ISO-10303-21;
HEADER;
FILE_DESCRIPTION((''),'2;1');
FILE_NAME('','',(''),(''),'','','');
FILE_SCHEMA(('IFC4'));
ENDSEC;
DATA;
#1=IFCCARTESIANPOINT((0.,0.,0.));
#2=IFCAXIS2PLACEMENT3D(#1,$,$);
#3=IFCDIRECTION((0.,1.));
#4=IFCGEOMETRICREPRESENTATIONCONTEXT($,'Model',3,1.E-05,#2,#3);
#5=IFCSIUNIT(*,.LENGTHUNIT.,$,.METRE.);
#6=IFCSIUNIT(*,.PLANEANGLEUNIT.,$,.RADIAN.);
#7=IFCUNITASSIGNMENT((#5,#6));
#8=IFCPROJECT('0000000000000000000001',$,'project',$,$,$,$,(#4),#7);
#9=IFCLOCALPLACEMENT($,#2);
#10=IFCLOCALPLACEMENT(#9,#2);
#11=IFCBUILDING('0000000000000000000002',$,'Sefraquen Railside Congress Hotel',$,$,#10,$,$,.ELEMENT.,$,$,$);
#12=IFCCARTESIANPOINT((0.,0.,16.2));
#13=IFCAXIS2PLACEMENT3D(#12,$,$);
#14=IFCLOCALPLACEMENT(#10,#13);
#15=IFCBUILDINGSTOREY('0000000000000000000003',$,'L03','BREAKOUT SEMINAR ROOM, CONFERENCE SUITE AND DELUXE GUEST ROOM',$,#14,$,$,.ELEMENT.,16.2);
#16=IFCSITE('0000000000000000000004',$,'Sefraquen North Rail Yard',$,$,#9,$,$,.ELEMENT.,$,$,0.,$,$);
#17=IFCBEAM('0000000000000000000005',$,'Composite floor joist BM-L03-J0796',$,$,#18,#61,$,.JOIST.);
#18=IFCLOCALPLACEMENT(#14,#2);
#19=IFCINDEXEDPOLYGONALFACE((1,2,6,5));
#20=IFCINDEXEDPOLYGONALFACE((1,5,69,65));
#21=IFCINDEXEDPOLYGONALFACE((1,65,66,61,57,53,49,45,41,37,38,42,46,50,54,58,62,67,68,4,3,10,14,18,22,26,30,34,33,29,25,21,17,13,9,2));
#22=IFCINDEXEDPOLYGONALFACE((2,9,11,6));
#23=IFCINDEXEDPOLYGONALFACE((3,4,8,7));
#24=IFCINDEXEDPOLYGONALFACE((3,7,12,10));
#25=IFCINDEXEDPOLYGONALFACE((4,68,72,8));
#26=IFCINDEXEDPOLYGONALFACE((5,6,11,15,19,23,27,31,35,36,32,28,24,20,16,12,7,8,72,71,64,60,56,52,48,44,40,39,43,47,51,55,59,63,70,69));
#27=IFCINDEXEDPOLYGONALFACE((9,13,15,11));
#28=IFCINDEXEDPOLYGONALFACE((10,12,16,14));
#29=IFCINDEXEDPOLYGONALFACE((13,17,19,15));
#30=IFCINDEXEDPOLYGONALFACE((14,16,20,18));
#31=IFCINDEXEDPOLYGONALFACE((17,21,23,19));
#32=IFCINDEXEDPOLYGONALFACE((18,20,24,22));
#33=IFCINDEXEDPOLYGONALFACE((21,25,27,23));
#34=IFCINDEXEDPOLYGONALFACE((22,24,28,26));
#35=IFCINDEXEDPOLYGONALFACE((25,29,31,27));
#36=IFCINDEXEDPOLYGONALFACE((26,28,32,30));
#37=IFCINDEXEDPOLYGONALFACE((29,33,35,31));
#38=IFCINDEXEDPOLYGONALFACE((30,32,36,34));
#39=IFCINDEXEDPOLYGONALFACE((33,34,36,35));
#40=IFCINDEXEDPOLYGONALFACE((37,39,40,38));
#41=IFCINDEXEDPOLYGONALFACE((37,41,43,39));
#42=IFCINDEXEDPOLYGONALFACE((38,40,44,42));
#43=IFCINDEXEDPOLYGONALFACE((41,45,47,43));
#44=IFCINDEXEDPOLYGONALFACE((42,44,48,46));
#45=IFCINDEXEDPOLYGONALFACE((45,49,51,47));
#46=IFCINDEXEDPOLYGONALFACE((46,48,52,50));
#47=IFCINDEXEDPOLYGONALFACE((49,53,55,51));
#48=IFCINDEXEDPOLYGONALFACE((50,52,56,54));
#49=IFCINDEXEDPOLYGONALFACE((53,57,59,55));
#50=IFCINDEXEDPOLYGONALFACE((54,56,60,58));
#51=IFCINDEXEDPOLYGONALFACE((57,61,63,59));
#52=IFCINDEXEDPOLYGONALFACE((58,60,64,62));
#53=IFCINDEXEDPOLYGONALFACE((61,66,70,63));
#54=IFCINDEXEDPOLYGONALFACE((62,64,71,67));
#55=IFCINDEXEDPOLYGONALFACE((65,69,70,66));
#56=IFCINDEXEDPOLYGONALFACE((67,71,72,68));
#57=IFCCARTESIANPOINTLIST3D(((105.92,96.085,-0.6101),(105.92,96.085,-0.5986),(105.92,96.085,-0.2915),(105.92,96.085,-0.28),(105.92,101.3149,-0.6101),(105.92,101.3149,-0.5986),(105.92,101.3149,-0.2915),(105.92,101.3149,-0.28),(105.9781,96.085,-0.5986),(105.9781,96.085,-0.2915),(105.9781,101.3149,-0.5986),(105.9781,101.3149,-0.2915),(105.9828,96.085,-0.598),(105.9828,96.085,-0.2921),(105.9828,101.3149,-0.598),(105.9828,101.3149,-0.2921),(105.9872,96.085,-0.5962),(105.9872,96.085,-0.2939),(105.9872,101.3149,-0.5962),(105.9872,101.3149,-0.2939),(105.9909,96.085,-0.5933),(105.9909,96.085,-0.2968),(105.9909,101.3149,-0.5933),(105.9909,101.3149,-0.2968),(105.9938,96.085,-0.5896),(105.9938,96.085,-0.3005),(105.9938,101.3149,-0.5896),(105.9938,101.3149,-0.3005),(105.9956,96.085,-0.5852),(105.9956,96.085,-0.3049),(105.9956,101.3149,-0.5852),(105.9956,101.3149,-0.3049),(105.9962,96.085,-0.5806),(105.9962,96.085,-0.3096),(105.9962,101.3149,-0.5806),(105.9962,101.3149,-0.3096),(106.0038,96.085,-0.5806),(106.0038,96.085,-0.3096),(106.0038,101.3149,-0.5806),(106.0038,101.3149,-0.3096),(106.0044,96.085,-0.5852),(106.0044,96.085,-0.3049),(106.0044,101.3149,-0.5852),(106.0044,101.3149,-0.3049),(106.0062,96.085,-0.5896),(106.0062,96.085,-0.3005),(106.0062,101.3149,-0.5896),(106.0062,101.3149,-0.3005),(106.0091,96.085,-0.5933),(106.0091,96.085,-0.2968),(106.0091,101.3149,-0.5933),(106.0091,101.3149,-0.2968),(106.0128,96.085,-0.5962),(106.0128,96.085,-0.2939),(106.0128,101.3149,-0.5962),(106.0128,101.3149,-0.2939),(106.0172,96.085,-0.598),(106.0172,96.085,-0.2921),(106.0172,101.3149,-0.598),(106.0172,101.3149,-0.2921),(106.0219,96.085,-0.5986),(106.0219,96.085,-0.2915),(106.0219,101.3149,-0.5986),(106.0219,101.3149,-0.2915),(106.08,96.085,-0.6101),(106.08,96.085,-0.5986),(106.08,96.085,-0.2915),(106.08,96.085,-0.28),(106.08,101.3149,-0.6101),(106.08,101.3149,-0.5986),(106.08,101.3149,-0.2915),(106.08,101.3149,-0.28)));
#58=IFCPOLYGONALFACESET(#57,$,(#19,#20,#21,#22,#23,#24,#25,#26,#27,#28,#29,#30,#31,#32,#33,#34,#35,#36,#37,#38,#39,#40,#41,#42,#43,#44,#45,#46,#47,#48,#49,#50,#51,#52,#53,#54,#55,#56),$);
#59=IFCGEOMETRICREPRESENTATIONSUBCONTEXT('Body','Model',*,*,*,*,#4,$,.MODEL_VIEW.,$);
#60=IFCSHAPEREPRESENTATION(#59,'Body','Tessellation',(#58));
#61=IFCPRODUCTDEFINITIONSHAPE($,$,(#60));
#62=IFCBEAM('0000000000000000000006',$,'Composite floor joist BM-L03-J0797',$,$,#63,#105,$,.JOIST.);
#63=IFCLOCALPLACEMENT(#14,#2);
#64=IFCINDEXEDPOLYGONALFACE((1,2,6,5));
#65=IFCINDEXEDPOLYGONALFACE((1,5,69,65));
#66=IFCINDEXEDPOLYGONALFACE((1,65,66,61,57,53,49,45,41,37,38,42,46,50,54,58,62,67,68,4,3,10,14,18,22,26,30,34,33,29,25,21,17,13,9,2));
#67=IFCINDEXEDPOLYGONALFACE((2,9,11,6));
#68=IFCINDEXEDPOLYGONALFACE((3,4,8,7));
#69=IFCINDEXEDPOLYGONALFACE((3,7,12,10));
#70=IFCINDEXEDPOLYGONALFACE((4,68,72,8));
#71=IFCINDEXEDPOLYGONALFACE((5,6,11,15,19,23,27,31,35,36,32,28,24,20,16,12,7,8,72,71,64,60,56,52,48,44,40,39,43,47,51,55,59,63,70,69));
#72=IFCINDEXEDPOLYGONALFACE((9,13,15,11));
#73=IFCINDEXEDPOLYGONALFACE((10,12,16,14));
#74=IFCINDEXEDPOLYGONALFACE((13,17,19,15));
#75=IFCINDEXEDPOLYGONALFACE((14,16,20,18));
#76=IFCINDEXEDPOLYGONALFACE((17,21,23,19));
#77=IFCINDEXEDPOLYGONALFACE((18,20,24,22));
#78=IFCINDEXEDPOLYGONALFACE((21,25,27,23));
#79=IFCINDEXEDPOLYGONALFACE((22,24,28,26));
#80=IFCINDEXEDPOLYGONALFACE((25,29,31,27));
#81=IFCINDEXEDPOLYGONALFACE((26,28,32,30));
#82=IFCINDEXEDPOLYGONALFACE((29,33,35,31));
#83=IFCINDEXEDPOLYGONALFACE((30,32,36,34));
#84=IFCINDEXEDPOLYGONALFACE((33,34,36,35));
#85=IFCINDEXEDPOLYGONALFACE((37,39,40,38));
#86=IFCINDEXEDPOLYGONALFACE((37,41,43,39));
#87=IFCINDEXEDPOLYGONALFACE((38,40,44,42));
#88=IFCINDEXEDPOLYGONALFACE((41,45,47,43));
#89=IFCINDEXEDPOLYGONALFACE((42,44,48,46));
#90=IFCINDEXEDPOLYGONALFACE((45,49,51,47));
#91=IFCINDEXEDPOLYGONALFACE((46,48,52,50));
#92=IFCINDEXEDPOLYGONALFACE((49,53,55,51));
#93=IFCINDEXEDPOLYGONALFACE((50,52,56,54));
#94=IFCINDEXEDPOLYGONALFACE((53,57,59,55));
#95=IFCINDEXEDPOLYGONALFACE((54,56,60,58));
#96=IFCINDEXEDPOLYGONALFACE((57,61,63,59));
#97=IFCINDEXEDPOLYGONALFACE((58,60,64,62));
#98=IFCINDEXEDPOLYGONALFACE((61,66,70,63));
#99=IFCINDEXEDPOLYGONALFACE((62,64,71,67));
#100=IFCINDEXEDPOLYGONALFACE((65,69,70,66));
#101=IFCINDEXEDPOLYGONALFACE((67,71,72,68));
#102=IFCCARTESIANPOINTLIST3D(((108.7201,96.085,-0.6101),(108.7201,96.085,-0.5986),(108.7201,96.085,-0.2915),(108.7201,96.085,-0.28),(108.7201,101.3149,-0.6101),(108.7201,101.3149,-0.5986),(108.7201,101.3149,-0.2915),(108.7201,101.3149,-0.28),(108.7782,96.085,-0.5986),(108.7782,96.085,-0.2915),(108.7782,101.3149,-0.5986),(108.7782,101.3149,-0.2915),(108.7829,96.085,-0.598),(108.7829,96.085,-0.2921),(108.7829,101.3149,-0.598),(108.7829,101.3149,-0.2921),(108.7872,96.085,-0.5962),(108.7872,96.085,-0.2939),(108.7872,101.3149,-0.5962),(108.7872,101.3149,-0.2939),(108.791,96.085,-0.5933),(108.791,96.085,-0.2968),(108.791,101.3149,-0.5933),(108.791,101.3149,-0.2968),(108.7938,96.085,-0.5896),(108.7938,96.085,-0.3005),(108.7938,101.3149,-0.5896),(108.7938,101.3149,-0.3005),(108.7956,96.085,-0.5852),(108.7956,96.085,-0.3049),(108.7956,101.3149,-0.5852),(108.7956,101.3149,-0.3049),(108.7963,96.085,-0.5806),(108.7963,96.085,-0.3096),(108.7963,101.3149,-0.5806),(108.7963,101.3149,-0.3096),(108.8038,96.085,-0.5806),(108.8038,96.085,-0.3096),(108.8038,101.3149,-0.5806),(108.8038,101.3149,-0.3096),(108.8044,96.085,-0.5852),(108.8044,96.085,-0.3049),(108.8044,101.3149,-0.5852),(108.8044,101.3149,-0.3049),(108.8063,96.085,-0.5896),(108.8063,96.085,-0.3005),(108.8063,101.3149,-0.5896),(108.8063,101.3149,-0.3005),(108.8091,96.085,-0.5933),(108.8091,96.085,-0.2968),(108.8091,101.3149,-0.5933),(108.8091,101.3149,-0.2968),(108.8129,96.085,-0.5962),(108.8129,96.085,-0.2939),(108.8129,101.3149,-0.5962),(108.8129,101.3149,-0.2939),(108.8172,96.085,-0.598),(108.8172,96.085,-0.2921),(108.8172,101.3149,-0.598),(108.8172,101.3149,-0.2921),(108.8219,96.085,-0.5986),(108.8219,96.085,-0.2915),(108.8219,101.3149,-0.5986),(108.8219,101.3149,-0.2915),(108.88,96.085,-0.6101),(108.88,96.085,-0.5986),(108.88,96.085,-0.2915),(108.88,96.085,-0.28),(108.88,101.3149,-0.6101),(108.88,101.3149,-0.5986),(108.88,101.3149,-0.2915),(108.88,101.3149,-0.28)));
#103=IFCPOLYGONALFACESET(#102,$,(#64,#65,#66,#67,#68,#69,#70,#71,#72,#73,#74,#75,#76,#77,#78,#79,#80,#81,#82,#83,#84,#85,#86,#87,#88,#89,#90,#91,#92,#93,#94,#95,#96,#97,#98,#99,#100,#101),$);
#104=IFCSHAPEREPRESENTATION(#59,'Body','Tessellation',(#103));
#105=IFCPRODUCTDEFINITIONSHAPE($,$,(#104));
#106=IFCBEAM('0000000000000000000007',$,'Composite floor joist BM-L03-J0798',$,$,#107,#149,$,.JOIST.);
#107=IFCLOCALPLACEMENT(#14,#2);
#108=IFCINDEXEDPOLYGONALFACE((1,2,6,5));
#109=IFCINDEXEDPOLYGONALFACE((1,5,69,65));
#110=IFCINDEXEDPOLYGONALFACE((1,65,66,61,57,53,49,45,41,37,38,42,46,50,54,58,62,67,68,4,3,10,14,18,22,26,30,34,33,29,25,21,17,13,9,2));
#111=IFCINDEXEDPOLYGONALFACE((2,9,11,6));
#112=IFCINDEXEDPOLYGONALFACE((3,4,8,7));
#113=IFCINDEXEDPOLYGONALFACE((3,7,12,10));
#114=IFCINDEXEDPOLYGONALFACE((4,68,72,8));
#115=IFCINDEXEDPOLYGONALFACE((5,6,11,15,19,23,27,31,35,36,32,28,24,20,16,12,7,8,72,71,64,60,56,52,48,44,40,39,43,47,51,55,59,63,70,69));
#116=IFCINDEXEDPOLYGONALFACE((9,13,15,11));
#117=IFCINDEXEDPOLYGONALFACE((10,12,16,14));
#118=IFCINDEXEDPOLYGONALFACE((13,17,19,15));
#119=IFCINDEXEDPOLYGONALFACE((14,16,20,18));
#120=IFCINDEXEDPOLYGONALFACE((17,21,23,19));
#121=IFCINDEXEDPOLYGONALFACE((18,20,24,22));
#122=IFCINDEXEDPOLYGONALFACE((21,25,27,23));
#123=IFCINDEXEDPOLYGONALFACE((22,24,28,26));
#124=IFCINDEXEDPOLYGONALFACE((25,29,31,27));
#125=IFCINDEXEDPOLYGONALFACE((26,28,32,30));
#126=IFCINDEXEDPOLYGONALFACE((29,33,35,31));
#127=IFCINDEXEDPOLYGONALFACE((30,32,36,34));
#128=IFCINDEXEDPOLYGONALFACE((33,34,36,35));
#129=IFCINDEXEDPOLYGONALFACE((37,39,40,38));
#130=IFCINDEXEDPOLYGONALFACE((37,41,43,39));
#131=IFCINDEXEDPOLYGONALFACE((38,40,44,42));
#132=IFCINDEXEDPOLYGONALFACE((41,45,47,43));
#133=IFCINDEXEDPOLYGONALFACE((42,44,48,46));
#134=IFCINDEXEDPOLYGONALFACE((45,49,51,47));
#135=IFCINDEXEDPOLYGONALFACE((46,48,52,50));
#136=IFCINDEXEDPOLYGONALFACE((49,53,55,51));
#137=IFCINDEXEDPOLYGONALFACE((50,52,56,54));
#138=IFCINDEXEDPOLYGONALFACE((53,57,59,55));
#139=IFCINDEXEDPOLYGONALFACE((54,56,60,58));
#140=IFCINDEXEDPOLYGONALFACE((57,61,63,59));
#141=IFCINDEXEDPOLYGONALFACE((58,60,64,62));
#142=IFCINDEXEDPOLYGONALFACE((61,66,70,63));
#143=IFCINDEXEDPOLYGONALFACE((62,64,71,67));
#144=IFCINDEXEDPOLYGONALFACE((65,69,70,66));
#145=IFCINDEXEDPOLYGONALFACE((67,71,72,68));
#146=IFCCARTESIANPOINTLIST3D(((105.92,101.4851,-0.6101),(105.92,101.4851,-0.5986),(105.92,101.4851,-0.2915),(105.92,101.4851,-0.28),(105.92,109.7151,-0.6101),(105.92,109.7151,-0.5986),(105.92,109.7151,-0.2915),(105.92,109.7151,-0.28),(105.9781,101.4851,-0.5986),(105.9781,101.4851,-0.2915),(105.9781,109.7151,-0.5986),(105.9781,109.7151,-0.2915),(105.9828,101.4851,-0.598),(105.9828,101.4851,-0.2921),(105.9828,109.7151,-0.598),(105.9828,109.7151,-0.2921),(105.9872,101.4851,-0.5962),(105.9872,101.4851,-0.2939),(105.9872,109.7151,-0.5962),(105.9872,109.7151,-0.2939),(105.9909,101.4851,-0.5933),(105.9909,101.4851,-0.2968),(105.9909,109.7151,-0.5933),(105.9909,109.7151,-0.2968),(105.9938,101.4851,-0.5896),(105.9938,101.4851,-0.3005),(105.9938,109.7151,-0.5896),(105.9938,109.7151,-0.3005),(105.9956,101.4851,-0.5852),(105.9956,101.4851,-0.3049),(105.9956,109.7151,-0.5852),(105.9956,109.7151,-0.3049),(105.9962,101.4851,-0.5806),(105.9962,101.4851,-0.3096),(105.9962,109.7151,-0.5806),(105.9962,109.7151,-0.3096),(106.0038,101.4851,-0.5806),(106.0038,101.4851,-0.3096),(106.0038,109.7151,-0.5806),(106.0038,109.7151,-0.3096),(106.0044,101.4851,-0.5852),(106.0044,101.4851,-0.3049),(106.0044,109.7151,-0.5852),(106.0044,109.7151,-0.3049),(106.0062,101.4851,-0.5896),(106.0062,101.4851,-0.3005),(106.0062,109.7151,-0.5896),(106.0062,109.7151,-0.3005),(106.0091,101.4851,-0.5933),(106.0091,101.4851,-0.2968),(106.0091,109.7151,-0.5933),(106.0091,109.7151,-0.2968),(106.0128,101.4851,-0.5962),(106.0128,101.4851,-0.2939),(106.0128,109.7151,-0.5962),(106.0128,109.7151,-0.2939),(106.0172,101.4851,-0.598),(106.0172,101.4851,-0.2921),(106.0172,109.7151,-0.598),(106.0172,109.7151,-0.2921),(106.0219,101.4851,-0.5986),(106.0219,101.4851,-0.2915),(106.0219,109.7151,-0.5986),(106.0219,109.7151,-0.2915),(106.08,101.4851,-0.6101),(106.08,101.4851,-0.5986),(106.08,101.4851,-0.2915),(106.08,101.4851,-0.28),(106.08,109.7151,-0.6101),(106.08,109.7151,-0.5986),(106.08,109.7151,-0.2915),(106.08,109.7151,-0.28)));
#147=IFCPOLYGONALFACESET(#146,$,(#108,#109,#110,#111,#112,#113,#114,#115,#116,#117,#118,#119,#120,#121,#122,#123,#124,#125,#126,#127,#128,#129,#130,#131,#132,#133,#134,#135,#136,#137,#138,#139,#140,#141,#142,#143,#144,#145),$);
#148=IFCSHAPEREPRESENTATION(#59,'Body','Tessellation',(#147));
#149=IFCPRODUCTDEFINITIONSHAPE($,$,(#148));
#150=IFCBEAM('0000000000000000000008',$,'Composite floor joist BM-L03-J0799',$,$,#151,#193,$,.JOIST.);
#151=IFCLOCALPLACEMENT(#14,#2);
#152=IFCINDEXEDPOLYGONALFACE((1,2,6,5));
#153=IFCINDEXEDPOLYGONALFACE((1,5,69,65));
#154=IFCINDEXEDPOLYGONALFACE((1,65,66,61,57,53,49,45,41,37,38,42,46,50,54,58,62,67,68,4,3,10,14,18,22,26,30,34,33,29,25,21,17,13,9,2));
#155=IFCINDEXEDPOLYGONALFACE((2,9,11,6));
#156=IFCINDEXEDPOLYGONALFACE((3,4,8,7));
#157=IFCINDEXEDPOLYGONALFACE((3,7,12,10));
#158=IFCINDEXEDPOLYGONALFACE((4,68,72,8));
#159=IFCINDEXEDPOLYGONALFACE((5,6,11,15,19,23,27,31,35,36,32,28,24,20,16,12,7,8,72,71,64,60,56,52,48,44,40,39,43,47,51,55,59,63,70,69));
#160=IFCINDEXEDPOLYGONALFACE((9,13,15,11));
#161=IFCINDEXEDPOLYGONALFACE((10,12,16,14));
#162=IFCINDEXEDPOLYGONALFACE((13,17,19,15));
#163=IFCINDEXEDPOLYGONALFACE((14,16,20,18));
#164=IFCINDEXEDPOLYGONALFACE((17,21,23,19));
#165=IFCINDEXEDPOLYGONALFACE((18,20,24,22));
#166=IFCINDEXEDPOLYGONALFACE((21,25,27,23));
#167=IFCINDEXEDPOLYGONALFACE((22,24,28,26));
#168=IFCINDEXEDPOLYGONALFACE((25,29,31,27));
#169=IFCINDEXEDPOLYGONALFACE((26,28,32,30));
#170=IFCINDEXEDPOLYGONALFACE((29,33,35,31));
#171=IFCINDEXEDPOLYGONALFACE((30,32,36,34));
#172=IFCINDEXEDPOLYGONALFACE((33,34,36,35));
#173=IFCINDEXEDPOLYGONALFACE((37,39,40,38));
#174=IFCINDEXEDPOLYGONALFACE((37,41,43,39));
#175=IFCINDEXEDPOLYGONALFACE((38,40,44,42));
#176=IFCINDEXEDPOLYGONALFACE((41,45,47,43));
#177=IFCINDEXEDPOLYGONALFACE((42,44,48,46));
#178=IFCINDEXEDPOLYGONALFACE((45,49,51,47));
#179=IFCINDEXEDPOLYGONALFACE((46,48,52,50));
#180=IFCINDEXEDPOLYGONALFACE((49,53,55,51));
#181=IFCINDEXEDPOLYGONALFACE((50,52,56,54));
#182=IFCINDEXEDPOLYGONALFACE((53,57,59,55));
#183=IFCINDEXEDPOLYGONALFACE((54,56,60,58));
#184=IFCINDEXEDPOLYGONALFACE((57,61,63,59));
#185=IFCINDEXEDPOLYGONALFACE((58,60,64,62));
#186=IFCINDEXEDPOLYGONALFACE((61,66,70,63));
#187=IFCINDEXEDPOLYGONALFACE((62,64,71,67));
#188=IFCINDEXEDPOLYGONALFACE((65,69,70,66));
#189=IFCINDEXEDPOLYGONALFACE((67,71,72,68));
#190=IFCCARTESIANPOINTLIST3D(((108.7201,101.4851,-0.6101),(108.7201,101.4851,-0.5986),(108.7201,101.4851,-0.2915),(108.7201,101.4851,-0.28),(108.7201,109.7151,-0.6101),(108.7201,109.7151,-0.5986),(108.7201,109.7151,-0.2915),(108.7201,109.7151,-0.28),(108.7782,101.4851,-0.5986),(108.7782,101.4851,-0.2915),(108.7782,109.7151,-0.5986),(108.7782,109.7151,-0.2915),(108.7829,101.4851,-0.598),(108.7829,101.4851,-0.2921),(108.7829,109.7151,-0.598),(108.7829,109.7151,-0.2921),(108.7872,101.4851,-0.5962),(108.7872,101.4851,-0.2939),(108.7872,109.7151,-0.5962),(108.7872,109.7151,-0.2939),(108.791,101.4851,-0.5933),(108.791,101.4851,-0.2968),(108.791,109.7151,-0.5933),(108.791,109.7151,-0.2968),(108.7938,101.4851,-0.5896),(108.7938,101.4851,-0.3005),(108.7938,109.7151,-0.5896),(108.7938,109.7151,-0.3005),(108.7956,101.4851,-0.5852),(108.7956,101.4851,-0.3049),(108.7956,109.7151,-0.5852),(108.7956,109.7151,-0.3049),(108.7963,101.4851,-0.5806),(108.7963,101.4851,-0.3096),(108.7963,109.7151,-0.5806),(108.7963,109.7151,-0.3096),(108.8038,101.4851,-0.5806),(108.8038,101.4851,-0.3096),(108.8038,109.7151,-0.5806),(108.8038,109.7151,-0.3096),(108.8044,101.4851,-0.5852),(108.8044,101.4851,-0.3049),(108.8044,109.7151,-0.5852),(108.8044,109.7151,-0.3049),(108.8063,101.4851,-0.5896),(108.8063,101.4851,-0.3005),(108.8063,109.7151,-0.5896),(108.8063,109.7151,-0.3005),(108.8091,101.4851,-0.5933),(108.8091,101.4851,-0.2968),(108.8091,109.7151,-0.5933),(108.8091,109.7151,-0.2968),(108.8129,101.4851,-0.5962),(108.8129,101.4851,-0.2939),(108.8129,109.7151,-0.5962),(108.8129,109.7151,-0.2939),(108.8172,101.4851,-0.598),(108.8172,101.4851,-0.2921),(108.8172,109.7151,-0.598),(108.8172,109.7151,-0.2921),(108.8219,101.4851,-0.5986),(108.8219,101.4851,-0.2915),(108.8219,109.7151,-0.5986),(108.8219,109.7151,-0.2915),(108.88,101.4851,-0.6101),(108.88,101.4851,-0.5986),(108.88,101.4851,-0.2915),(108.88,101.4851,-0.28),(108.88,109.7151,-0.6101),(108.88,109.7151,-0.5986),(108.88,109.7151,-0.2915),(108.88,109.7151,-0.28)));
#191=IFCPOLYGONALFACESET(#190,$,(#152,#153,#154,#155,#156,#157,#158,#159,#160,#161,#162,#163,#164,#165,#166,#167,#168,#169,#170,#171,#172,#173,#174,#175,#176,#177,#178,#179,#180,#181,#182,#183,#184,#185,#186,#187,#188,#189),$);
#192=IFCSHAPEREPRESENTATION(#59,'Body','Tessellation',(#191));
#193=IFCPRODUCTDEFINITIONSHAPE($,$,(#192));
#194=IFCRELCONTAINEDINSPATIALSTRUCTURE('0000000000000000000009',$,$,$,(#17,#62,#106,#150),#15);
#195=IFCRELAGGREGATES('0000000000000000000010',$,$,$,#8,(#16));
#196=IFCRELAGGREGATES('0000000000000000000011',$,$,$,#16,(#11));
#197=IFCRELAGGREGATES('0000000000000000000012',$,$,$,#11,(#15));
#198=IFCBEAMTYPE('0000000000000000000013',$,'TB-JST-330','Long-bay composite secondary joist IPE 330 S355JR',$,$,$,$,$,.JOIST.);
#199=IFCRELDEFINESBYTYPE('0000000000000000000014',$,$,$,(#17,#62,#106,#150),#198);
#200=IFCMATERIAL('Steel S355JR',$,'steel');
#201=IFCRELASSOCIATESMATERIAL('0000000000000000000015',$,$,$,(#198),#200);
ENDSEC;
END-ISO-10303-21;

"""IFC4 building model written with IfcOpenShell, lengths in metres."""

from ifc_helpers import new_model, si_unit, direction, frame, origin, origin_2d, place, context, subcontext, project, spatial, i_section, extrude, material, material_profile, profile_set, type_object, element, save


model = new_model("IFC4")

# Units and contexts
model_context = context("Model", 3, precision=1e-05, world=origin(), true_north=direction((0.0, 1.0)))
body_context = subcontext(model_context, "Body", "Model", "MODEL_VIEW")
ifc_project = project(units=[si_unit("LENGTHUNIT", "METRE"), si_unit("PLANEANGLEUNIT", "RADIAN")], contexts=[model_context])

# Site, building, storey
site_placement = place(None, origin())
site = spatial("IfcSite", under=ifc_project, at=site_placement, Name="Sefraquen North Rail Yard", CompositionType="ELEMENT", RefElevation=0.0)
building_placement = place(site_placement, origin())
building = spatial("IfcBuilding", under=site, at=building_placement, Name="Sefraquen Railside Congress Hotel", CompositionType="ELEMENT")
storey_placement = place(building_placement, frame((0.0, 0.0, 16.2)))
storey = spatial("IfcBuildingStorey", under=building, at=storey_placement, Name="L03", Description="BREAKOUT SEMINAR ROOM, CONFERENCE SUITE AND DELUXE GUEST ROOM", CompositionType="ELEMENT", Elevation=16.2)

# Shared definitions
ifc_material_1 = material(Name="Steel S355JR", Category="steel")

# Beams
ifc_material_profile_1 = material_profile(ifc_material_1, i_section(OverallWidth=0.1599, OverallDepth=0.3301, WebThickness=0.0076, FlangeThickness=0.0115, FilletRadius=0.0181, at=origin_2d()), Name="IPE 330")
ifc_profile_set_1 = profile_set([ifc_material_profile_1], Name="Steel S355JR")
beam_type_1 = type_object("IfcBeamType", Name="TB-JST-330", Description="Long-bay composite secondary joist IPE 330 S355JR", PredefinedType="JOIST", material=ifc_profile_set_1)
for number, where, z_axis, x_axis, name in (
    (1, (106.0, 96.085, -0.4451), (0.0, 1.0, 0.0), (-1.0, 0.0, 0.0), "Composite floor joist BM-L03-J0796"),
    (2, (108.8, 96.085, -0.4451), (0.0, 1.0, 0.0), (-1.0, 0.0, 0.0), "Composite floor joist BM-L03-J0797"),
):
    element("IfcBeam", number, at=place(storey_placement, frame(where, z_axis=z_axis, x_axis=x_axis)), inside=storey, type_object=beam_type_1, Name=name, PredefinedType="JOIST", context=body_context, shape_type="SweptSolid", body=[
        extrude(i_section(OverallWidth=0.1599, OverallDepth=0.3301, WebThickness=0.0076, FlangeThickness=0.0115, FilletRadius=0.0181, at=origin_2d()), origin(), (0.0, 0.0, 1.0), 5.23),
    ])
for number, where, z_axis, x_axis, name in (
    (3, (106.0, 101.4851, -0.4451), (0.0, 1.0, 0.0), (-1.0, 0.0, 0.0), "Composite floor joist BM-L03-J0798"),
    (4, (108.8, 101.4851, -0.4451), (0.0, 1.0, 0.0), (-1.0, 0.0, 0.0), "Composite floor joist BM-L03-J0799"),
):
    element("IfcBeam", number, at=place(storey_placement, frame(where, z_axis=z_axis, x_axis=x_axis)), inside=storey, type_object=beam_type_1, Name=name, PredefinedType="JOIST", context=body_context, shape_type="SweptSolid", body=[
        extrude(i_section(OverallWidth=0.1599, OverallDepth=0.3301, WebThickness=0.0076, FlangeThickness=0.0115, FilletRadius=0.0181, at=origin_2d()), origin(), (0.0, 0.0, 1.0), 8.23),
    ])

save(model, "model.ifc")
